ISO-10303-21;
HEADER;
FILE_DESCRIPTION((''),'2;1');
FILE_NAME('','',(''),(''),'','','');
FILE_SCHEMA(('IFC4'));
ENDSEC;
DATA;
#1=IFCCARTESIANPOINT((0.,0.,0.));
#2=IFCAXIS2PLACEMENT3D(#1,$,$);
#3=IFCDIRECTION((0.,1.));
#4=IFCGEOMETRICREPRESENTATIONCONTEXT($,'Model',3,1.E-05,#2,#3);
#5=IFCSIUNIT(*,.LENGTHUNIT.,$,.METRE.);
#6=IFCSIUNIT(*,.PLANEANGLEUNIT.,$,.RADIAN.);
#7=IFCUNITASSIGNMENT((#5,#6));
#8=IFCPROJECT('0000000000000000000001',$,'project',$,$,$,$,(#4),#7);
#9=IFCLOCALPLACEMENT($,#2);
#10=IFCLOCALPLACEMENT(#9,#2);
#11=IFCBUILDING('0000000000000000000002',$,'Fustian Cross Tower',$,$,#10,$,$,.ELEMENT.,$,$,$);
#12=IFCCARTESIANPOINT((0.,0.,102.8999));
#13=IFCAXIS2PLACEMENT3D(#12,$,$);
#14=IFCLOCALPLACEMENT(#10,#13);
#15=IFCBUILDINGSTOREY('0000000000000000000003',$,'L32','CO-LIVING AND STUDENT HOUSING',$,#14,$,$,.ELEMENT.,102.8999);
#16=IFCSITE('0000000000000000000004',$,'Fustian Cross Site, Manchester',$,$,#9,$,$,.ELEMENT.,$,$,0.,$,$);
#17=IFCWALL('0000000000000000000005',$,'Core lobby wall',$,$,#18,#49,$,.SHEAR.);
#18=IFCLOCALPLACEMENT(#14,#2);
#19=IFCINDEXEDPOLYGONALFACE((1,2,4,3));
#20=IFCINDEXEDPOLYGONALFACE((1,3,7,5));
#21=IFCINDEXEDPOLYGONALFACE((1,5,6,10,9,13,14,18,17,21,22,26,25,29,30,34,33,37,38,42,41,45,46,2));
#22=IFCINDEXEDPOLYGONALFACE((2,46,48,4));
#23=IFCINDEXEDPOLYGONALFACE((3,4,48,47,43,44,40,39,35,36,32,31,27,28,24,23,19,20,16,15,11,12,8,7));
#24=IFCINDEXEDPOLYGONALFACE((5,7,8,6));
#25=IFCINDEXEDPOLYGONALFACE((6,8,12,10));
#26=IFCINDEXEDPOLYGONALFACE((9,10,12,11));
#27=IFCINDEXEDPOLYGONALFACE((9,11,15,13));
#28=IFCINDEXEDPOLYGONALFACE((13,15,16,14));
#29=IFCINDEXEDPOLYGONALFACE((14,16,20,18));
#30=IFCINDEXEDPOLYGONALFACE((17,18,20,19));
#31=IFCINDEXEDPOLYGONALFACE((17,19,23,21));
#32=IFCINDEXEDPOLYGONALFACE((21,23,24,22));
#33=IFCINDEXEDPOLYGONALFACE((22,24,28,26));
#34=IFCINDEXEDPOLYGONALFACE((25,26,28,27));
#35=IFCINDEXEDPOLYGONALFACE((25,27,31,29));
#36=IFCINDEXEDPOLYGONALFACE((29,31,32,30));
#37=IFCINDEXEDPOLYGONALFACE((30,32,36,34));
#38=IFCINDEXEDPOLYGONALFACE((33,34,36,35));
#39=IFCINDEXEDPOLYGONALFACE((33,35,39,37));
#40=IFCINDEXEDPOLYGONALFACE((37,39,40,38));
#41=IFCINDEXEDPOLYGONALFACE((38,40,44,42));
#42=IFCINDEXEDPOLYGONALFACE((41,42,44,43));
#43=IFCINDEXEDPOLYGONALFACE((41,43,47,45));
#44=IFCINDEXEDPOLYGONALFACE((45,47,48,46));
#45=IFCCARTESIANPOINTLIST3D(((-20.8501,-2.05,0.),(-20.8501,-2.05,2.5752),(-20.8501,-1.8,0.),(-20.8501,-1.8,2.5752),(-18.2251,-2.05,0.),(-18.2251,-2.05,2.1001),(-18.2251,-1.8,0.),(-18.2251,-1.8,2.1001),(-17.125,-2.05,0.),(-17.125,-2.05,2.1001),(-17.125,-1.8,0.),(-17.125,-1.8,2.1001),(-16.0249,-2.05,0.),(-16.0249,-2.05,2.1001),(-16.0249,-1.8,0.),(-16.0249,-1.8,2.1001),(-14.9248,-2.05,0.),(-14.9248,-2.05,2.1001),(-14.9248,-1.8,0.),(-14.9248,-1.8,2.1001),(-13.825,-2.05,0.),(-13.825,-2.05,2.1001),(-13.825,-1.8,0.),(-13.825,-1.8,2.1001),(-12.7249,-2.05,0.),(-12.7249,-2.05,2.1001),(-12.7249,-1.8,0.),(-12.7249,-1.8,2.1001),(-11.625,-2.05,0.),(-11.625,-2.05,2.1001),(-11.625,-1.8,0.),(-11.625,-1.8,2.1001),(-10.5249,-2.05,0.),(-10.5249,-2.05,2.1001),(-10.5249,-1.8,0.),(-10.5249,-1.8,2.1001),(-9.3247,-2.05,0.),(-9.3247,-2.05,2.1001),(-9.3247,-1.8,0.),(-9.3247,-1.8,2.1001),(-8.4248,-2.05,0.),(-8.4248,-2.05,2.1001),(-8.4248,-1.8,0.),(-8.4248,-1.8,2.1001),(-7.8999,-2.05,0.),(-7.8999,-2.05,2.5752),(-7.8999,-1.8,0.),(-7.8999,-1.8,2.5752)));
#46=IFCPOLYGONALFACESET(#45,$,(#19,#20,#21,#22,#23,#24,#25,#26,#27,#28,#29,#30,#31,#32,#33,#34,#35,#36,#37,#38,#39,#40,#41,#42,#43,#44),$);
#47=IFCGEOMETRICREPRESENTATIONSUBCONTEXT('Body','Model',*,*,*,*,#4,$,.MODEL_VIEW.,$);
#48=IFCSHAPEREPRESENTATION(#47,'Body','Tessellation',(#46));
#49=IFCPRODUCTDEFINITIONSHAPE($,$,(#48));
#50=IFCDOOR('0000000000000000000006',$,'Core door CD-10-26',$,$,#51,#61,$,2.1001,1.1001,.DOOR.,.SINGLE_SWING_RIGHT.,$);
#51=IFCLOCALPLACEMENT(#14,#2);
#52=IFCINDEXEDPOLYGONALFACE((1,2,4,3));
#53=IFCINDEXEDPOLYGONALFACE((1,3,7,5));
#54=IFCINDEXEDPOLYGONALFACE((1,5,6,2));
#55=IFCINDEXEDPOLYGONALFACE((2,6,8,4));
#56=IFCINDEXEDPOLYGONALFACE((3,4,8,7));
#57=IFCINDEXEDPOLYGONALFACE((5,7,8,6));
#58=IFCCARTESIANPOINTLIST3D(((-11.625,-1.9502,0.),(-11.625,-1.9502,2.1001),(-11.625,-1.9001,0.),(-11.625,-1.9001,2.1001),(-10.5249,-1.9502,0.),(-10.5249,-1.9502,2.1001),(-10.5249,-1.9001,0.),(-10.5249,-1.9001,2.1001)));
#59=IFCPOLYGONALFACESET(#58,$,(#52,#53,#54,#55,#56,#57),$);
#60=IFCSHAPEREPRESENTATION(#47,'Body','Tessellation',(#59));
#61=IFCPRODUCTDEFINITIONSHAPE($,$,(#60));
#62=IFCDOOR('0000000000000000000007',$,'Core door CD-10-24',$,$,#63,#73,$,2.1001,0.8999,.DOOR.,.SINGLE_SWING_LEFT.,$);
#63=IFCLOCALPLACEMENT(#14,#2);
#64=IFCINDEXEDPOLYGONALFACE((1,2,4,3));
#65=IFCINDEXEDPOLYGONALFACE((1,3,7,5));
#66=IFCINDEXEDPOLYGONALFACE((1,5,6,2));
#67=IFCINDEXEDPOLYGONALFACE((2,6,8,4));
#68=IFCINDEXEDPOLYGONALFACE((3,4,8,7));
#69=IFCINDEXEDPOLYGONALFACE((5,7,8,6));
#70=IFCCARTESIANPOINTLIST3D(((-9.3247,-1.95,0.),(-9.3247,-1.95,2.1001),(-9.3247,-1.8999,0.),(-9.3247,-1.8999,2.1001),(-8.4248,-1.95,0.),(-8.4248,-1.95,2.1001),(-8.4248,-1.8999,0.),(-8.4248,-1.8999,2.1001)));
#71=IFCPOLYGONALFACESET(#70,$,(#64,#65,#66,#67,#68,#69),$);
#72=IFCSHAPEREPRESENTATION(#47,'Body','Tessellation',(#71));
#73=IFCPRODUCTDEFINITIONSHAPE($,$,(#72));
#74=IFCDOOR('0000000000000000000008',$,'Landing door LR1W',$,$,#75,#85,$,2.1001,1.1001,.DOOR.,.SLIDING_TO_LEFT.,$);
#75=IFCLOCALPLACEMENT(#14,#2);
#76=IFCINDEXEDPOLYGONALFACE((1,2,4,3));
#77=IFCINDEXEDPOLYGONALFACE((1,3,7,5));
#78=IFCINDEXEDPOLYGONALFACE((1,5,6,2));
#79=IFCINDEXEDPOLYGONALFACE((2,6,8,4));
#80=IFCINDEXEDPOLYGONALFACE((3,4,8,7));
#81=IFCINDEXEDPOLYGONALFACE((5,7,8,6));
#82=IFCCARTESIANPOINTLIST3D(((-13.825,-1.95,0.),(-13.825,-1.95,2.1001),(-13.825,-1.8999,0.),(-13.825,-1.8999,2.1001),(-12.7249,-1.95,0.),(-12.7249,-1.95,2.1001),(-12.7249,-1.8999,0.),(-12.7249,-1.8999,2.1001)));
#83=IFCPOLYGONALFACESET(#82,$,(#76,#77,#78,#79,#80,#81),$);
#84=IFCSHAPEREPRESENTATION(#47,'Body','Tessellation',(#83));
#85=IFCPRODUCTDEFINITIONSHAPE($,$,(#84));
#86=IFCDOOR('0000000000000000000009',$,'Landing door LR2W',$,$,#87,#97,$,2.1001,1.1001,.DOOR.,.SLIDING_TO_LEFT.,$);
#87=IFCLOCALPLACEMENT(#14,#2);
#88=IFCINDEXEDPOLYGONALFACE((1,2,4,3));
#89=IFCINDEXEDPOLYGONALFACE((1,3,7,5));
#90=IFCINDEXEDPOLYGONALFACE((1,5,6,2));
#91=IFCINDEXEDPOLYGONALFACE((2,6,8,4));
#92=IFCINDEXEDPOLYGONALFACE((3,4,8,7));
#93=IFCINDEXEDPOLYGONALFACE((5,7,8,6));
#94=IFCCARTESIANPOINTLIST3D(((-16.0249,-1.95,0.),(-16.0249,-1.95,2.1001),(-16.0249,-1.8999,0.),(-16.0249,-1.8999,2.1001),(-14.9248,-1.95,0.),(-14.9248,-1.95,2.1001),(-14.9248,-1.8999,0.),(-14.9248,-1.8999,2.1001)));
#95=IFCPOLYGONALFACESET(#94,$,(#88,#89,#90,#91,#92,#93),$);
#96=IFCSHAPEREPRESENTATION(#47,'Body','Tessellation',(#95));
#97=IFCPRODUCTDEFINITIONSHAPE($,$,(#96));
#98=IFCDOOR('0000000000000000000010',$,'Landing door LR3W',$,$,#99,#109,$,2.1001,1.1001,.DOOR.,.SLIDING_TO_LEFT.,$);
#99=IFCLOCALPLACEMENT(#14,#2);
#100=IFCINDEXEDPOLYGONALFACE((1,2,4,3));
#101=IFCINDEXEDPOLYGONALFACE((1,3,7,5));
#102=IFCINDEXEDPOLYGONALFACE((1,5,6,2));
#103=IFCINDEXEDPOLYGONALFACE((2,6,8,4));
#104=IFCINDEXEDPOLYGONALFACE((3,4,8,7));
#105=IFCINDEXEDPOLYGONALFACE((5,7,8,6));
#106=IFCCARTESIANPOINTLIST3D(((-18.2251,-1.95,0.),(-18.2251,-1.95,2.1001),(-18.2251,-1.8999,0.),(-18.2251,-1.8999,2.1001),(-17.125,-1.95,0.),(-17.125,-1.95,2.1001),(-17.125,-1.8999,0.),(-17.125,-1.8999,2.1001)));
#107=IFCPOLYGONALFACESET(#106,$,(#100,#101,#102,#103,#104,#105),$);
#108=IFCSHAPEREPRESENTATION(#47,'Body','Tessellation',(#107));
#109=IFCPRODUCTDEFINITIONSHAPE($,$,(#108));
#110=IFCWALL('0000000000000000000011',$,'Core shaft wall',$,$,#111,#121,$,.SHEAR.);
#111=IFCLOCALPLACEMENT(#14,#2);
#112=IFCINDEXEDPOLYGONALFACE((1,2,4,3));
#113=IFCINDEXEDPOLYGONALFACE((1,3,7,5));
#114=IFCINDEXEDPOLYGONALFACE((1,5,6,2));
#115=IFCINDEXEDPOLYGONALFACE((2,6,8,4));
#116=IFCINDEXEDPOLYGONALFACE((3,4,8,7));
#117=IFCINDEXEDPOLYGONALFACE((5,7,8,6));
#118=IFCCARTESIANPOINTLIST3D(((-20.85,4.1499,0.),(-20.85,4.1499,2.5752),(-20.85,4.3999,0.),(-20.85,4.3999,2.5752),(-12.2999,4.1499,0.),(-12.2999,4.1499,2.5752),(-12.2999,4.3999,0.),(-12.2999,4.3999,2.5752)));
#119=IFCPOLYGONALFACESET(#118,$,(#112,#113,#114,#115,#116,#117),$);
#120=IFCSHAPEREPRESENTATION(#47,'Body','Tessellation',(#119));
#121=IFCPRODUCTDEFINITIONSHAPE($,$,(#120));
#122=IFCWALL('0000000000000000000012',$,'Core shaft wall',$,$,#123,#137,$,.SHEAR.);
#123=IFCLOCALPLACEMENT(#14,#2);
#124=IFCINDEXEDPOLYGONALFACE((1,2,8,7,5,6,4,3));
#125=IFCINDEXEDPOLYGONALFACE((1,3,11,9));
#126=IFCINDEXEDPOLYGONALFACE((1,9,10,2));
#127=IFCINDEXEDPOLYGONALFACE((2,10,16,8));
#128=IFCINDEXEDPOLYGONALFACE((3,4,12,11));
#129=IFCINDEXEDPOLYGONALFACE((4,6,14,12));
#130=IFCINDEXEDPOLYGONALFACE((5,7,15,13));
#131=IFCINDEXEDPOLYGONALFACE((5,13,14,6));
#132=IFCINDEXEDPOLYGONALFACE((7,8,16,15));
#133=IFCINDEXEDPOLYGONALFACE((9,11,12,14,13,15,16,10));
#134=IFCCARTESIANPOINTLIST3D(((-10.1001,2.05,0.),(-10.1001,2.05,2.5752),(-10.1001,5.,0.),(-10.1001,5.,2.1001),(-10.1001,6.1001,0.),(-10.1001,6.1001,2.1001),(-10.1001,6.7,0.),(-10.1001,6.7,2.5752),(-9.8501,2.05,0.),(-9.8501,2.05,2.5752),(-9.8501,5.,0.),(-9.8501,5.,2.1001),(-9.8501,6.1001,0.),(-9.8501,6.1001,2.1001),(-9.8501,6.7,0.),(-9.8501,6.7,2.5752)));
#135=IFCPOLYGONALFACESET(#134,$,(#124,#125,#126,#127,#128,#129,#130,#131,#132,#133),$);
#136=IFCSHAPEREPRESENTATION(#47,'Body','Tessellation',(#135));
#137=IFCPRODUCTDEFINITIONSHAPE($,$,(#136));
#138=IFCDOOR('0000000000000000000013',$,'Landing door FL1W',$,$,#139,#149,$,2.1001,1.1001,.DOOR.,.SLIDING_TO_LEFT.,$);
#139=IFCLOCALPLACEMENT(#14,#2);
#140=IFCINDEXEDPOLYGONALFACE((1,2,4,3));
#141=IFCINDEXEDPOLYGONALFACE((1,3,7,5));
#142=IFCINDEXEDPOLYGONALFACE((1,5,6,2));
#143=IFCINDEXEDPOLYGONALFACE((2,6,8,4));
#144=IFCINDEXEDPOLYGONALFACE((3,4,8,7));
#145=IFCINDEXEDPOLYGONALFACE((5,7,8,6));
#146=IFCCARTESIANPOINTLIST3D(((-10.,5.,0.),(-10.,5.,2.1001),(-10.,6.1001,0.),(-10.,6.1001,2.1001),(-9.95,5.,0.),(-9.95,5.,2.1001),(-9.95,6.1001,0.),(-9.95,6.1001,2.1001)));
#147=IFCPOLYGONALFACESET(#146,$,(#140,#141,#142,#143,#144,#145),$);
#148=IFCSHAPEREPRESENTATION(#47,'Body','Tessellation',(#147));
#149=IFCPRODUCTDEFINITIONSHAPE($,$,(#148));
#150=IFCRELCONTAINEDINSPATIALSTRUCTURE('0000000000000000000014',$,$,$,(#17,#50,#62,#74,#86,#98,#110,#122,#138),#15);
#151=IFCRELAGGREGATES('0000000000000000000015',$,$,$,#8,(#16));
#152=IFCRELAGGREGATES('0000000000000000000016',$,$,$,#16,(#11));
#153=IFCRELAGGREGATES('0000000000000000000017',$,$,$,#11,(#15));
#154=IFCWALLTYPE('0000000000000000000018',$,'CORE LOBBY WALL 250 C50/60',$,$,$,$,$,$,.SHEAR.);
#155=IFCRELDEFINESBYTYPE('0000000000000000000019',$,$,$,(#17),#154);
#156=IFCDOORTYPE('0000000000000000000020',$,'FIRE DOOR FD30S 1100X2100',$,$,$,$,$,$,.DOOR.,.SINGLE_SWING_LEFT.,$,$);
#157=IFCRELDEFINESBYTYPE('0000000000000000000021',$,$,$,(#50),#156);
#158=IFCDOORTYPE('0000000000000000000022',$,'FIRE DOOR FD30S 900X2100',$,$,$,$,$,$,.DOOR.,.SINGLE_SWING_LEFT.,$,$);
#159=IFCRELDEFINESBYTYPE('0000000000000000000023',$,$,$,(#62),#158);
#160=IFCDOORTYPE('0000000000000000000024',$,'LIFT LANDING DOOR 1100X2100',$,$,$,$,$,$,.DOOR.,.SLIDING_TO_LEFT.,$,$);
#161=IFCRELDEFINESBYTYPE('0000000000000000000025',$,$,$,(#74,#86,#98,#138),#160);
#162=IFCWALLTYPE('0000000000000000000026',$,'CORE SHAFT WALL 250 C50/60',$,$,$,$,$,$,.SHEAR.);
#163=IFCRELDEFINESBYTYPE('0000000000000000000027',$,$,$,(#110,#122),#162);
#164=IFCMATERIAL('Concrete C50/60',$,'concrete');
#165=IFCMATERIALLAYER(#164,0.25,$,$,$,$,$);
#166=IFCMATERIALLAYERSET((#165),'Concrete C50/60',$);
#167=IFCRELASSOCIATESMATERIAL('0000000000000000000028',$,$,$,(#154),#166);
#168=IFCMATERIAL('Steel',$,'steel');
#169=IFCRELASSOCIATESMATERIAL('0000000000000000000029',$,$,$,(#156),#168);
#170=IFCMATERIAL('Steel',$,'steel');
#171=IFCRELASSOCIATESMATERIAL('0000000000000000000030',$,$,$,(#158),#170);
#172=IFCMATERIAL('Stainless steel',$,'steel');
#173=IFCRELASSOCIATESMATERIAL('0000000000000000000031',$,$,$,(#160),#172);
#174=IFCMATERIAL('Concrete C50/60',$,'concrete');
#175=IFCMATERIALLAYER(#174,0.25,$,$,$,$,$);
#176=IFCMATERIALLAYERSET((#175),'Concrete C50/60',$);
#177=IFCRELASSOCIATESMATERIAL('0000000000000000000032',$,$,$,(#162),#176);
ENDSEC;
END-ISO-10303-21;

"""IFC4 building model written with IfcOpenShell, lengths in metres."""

from ifc_helpers import new_model, si_unit, direction, frame, frame_2d, origin, place, context, subcontext, project, spatial, rectangle, extrude, material, layer, layer_set, type_object, element, fill, save


model = new_model("IFC4")

# Units and contexts
model_context = context("Model", 3, precision=1e-05, world=origin(), true_north=direction((0.0, 1.0)))
body_context = subcontext(model_context, "Body", "Model", "MODEL_VIEW")
ifc_project = project(units=[si_unit("LENGTHUNIT", "METRE"), si_unit("PLANEANGLEUNIT", "RADIAN")], contexts=[model_context])

# Site, building, storey
site_placement = place(None, origin())
site = spatial("IfcSite", under=ifc_project, at=site_placement, Name="Fustian Cross Site, Manchester", CompositionType="ELEMENT", RefElevation=0.0)
building_placement = place(site_placement, origin())
building = spatial("IfcBuilding", under=site, at=building_placement, Name="Fustian Cross Tower", CompositionType="ELEMENT")
storey_placement = place(building_placement, frame((0.0, 0.0, 102.8999)))
storey = spatial("IfcBuildingStorey", under=building, at=storey_placement, Name="L32", Description="CO-LIVING AND STUDENT HOUSING", CompositionType="ELEMENT", Elevation=102.8999)

# Wall, openings, doors
ifc_material_1 = material(Name="Concrete C50/60", Category="concrete")
ifc_layer_1 = layer(ifc_material_1, 0.25)
ifc_layer_set_1 = layer_set([ifc_layer_1], Name="Concrete C50/60")
wall_type_1 = type_object("IfcWallType", Name="CORE LOBBY WALL 250 C50/60", PredefinedType="SHEAR", material=ifc_layer_set_1)
wall_1_placement = place(storey_placement, frame((-7.8999, -1.925, 0.0), z_axis=(0.0, 0.0, 1.0), x_axis=(-1.0, 0.0, 0.0)))
wall_1 = element("IfcWall", 1, at=wall_1_placement, inside=storey, type_object=wall_type_1, Name="Core lobby wall", PredefinedType="SHEAR", context=body_context, shape_type="SweptSolid", body=[
    extrude(rectangle(XDim=12.9502, YDim=0.25, at=frame_2d((6.4751, 0.0))), origin(), (0.0, 0.0, 1.0), 2.5752),
])
opening_1_placement = place(wall_1_placement, frame((4.825, 0.0, 0.0)))
opening_1 = element("IfcOpeningElement", 2, at=opening_1_placement, cuts=wall_1, PredefinedType="OPENING", context=body_context, shape_type="SweptSolid", body=[
    extrude(rectangle(XDim=1.1001, YDim=2.1001, at=frame_2d((0.55, 1.05))), frame((0.0, 0.135, 0.0), z_axis=(0.0, -1.0, 0.0), x_axis=(1.0, 0.0, 0.0)), (0.0, 0.0, 1.0), 0.27),
])
opening_2_placement = place(wall_1_placement, frame((7.0249, 0.0, 0.0)))
opening_2 = element("IfcOpeningElement", 3, at=opening_2_placement, cuts=wall_1, PredefinedType="OPENING", context=body_context, shape_type="SweptSolid", body=[
    extrude(rectangle(XDim=1.1001, YDim=2.1001, at=frame_2d((0.55, 1.05))), frame((0.0, 0.135, 0.0), z_axis=(0.0, -1.0, 0.0), x_axis=(1.0, 0.0, 0.0)), (0.0, 0.0, 1.0), 0.27),
])
opening_3_placement = place(wall_1_placement, frame((9.2251, 0.0, 0.0)))
opening_3 = element("IfcOpeningElement", 4, at=opening_3_placement, cuts=wall_1, PredefinedType="OPENING", context=body_context, shape_type="SweptSolid", body=[
    extrude(rectangle(XDim=1.1001, YDim=2.1001, at=frame_2d((0.55, 1.05))), frame((0.0, 0.135, 0.0), z_axis=(0.0, -1.0, 0.0), x_axis=(1.0, 0.0, 0.0)), (0.0, 0.0, 1.0), 0.27),
])
opening_4_placement = place(wall_1_placement, frame((0.5249, 0.0, 0.0)))
opening_4 = element("IfcOpeningElement", 5, at=opening_4_placement, cuts=wall_1, PredefinedType="OPENING", context=body_context, shape_type="SweptSolid", body=[
    extrude(rectangle(XDim=0.8999, YDim=2.1001, at=frame_2d((0.45, 1.05))), frame((0.0, 0.135, 0.0), z_axis=(0.0, -1.0, 0.0), x_axis=(1.0, 0.0, 0.0)), (0.0, 0.0, 1.0), 0.27),
])
opening_5_placement = place(wall_1_placement, frame((2.625, 0.0, 0.0)))
opening_5 = element("IfcOpeningElement", 6, at=opening_5_placement, cuts=wall_1, PredefinedType="OPENING", context=body_context, shape_type="SweptSolid", body=[
    extrude(rectangle(XDim=1.1001, YDim=2.1001, at=frame_2d((0.55, 1.05))), frame((0.0, 0.135, 0.0), z_axis=(0.0, -1.0, 0.0), x_axis=(1.0, 0.0, 0.0)), (0.0, 0.0, 1.0), 0.27),
])
ifc_material_2 = material(Name="Steel", Category="steel")
door_type_1 = type_object("IfcDoorType", Name="FIRE DOOR FD30S 1100X2100", OperationType="SINGLE_SWING_LEFT", PredefinedType="DOOR", material=ifc_material_2)
door_1_placement = place(opening_5_placement, frame((1.1001, 0.0, 0.0), z_axis=(0.0, 0.0, 1.0), x_axis=(-1.0, 0.0, 0.0)))
door_1 = element("IfcDoor", 7, at=door_1_placement, inside=storey, type_object=door_type_1, Name="Core door CD-10-26", OperationType="SINGLE_SWING_RIGHT", OverallHeight=2.1001, OverallWidth=1.1001, PredefinedType="DOOR", context=body_context, shape_type="SweptSolid", body=[
    extrude(rectangle(XDim=1.1001, YDim=2.1001, at=frame_2d((0.55, 1.05))), frame((0.0, 0.0249, 0.0), z_axis=(0.0, -1.0, 0.0), x_axis=(1.0, 0.0, 0.0)), (0.0, 0.0, 1.0), 0.05),
])
fill(opening_5, door_1)
ifc_material_3 = material(Name="Steel", Category="steel")
door_type_2 = type_object("IfcDoorType", Name="FIRE DOOR FD30S 900X2100", OperationType="SINGLE_SWING_LEFT", PredefinedType="DOOR", material=ifc_material_3)
door_2_placement = place(opening_4_placement, origin())
door_2 = element("IfcDoor", 8, at=door_2_placement, inside=storey, type_object=door_type_2, Name="Core door CD-10-24", OperationType="SINGLE_SWING_LEFT", OverallHeight=2.1001, OverallWidth=0.8999, PredefinedType="DOOR", context=body_context, shape_type="SweptSolid", body=[
    extrude(rectangle(XDim=0.8999, YDim=2.1001, at=frame_2d((0.45, 1.05))), frame((0.0, 0.0249, 0.0), z_axis=(0.0, -1.0, 0.0), x_axis=(1.0, 0.0, 0.0)), (0.0, 0.0, 1.0), 0.05),
])
fill(opening_4, door_2)
ifc_material_4 = material(Name="Stainless steel", Category="steel")
door_type_3 = type_object("IfcDoorType", Name="LIFT LANDING DOOR 1100X2100", OperationType="SLIDING_TO_LEFT", PredefinedType="DOOR", material=ifc_material_4)
door_3_placement = place(opening_1_placement, origin())
door_3 = element("IfcDoor", 9, at=door_3_placement, inside=storey, type_object=door_type_3, Name="Landing door LR1W", OperationType="SLIDING_TO_LEFT", OverallHeight=2.1001, OverallWidth=1.1001, PredefinedType="DOOR", context=body_context, shape_type="SweptSolid", body=[
    extrude(rectangle(XDim=1.1001, YDim=2.1001, at=frame_2d((0.55, 1.05))), frame((0.0, 0.0249, 0.0), z_axis=(0.0, -1.0, 0.0), x_axis=(1.0, 0.0, 0.0)), (0.0, 0.0, 1.0), 0.05),
])
fill(opening_1, door_3)
door_4_placement = place(opening_2_placement, origin())
door_4 = element("IfcDoor", 10, at=door_4_placement, inside=storey, type_object=door_type_3, Name="Landing door LR2W", OperationType="SLIDING_TO_LEFT", OverallHeight=2.1001, OverallWidth=1.1001, PredefinedType="DOOR", context=body_context, shape_type="SweptSolid", body=[
    extrude(rectangle(XDim=1.1001, YDim=2.1001, at=frame_2d((0.55, 1.05))), frame((0.0, 0.0249, 0.0), z_axis=(0.0, -1.0, 0.0), x_axis=(1.0, 0.0, 0.0)), (0.0, 0.0, 1.0), 0.05),
])
fill(opening_2, door_4)
door_5_placement = place(opening_3_placement, origin())
door_5 = element("IfcDoor", 11, at=door_5_placement, inside=storey, type_object=door_type_3, Name="Landing door LR3W", OperationType="SLIDING_TO_LEFT", OverallHeight=2.1001, OverallWidth=1.1001, PredefinedType="DOOR", context=body_context, shape_type="SweptSolid", body=[
    extrude(rectangle(XDim=1.1001, YDim=2.1001, at=frame_2d((0.55, 1.05))), frame((0.0, 0.0249, 0.0), z_axis=(0.0, -1.0, 0.0), x_axis=(1.0, 0.0, 0.0)), (0.0, 0.0, 1.0), 0.05),
])
fill(opening_3, door_5)

# Wall
ifc_material_5 = material(Name="Concrete C50/60", Category="concrete")
ifc_layer_2 = layer(ifc_material_5, 0.25)
ifc_layer_set_2 = layer_set([ifc_layer_2], Name="Concrete C50/60")
wall_type_2 = type_object("IfcWallType", Name="CORE SHAFT WALL 250 C50/60", PredefinedType="SHEAR", material=ifc_layer_set_2)
wall_2_placement = place(storey_placement, frame((-12.3, 4.2749, 0.0), z_axis=(0.0, 0.0, 1.0), x_axis=(-1.0, 0.0, 0.0)))
element("IfcWall", 12, at=wall_2_placement, inside=storey, type_object=wall_type_2, Name="Core shaft wall", PredefinedType="SHEAR", context=body_context, shape_type="SweptSolid", body=[
    extrude(rectangle(XDim=8.55, YDim=0.25, at=frame_2d((4.2749, 0.0))), origin(), (0.0, 0.0, 1.0), 2.5752),
])

# Wall, opening, door
wall_3_placement = place(storey_placement, frame((-9.9751, 2.05, 0.0), z_axis=(0.0, 0.0, 1.0), x_axis=(0.0, 1.0, 0.0)))
wall_3 = element("IfcWall", 13, at=wall_3_placement, inside=storey, type_object=wall_type_2, Name="Core shaft wall", PredefinedType="SHEAR", context=body_context, shape_type="SweptSolid", body=[
    extrude(rectangle(XDim=4.6499, YDim=0.25, at=frame_2d((2.325, 0.0))), origin(), (0.0, 0.0, 1.0), 2.5752),
])
opening_6_placement = place(wall_3_placement, frame((2.95, 0.0, 0.0)))
opening_6 = element("IfcOpeningElement", 14, at=opening_6_placement, cuts=wall_3, PredefinedType="OPENING", context=body_context, shape_type="SweptSolid", body=[
    extrude(rectangle(XDim=1.1001, YDim=2.1001, at=frame_2d((0.55, 1.05))), frame((0.0, 0.135, 0.0), z_axis=(0.0, -1.0, 0.0), x_axis=(1.0, 0.0, 0.0)), (0.0, 0.0, 1.0), 0.27),
])
door_6_placement = place(opening_6_placement, origin())
door_6 = element("IfcDoor", 15, at=door_6_placement, inside=storey, type_object=door_type_3, Name="Landing door FL1W", OperationType="SLIDING_TO_LEFT", OverallHeight=2.1001, OverallWidth=1.1001, PredefinedType="DOOR", context=body_context, shape_type="SweptSolid", body=[
    extrude(rectangle(XDim=1.1001, YDim=2.1001, at=frame_2d((0.55, 1.05))), frame((0.0, 0.0249, 0.0), z_axis=(0.0, -1.0, 0.0), x_axis=(1.0, 0.0, 0.0)), (0.0, 0.0, 1.0), 0.05),
])
fill(opening_6, door_6)

save(model, "model.ifc")
